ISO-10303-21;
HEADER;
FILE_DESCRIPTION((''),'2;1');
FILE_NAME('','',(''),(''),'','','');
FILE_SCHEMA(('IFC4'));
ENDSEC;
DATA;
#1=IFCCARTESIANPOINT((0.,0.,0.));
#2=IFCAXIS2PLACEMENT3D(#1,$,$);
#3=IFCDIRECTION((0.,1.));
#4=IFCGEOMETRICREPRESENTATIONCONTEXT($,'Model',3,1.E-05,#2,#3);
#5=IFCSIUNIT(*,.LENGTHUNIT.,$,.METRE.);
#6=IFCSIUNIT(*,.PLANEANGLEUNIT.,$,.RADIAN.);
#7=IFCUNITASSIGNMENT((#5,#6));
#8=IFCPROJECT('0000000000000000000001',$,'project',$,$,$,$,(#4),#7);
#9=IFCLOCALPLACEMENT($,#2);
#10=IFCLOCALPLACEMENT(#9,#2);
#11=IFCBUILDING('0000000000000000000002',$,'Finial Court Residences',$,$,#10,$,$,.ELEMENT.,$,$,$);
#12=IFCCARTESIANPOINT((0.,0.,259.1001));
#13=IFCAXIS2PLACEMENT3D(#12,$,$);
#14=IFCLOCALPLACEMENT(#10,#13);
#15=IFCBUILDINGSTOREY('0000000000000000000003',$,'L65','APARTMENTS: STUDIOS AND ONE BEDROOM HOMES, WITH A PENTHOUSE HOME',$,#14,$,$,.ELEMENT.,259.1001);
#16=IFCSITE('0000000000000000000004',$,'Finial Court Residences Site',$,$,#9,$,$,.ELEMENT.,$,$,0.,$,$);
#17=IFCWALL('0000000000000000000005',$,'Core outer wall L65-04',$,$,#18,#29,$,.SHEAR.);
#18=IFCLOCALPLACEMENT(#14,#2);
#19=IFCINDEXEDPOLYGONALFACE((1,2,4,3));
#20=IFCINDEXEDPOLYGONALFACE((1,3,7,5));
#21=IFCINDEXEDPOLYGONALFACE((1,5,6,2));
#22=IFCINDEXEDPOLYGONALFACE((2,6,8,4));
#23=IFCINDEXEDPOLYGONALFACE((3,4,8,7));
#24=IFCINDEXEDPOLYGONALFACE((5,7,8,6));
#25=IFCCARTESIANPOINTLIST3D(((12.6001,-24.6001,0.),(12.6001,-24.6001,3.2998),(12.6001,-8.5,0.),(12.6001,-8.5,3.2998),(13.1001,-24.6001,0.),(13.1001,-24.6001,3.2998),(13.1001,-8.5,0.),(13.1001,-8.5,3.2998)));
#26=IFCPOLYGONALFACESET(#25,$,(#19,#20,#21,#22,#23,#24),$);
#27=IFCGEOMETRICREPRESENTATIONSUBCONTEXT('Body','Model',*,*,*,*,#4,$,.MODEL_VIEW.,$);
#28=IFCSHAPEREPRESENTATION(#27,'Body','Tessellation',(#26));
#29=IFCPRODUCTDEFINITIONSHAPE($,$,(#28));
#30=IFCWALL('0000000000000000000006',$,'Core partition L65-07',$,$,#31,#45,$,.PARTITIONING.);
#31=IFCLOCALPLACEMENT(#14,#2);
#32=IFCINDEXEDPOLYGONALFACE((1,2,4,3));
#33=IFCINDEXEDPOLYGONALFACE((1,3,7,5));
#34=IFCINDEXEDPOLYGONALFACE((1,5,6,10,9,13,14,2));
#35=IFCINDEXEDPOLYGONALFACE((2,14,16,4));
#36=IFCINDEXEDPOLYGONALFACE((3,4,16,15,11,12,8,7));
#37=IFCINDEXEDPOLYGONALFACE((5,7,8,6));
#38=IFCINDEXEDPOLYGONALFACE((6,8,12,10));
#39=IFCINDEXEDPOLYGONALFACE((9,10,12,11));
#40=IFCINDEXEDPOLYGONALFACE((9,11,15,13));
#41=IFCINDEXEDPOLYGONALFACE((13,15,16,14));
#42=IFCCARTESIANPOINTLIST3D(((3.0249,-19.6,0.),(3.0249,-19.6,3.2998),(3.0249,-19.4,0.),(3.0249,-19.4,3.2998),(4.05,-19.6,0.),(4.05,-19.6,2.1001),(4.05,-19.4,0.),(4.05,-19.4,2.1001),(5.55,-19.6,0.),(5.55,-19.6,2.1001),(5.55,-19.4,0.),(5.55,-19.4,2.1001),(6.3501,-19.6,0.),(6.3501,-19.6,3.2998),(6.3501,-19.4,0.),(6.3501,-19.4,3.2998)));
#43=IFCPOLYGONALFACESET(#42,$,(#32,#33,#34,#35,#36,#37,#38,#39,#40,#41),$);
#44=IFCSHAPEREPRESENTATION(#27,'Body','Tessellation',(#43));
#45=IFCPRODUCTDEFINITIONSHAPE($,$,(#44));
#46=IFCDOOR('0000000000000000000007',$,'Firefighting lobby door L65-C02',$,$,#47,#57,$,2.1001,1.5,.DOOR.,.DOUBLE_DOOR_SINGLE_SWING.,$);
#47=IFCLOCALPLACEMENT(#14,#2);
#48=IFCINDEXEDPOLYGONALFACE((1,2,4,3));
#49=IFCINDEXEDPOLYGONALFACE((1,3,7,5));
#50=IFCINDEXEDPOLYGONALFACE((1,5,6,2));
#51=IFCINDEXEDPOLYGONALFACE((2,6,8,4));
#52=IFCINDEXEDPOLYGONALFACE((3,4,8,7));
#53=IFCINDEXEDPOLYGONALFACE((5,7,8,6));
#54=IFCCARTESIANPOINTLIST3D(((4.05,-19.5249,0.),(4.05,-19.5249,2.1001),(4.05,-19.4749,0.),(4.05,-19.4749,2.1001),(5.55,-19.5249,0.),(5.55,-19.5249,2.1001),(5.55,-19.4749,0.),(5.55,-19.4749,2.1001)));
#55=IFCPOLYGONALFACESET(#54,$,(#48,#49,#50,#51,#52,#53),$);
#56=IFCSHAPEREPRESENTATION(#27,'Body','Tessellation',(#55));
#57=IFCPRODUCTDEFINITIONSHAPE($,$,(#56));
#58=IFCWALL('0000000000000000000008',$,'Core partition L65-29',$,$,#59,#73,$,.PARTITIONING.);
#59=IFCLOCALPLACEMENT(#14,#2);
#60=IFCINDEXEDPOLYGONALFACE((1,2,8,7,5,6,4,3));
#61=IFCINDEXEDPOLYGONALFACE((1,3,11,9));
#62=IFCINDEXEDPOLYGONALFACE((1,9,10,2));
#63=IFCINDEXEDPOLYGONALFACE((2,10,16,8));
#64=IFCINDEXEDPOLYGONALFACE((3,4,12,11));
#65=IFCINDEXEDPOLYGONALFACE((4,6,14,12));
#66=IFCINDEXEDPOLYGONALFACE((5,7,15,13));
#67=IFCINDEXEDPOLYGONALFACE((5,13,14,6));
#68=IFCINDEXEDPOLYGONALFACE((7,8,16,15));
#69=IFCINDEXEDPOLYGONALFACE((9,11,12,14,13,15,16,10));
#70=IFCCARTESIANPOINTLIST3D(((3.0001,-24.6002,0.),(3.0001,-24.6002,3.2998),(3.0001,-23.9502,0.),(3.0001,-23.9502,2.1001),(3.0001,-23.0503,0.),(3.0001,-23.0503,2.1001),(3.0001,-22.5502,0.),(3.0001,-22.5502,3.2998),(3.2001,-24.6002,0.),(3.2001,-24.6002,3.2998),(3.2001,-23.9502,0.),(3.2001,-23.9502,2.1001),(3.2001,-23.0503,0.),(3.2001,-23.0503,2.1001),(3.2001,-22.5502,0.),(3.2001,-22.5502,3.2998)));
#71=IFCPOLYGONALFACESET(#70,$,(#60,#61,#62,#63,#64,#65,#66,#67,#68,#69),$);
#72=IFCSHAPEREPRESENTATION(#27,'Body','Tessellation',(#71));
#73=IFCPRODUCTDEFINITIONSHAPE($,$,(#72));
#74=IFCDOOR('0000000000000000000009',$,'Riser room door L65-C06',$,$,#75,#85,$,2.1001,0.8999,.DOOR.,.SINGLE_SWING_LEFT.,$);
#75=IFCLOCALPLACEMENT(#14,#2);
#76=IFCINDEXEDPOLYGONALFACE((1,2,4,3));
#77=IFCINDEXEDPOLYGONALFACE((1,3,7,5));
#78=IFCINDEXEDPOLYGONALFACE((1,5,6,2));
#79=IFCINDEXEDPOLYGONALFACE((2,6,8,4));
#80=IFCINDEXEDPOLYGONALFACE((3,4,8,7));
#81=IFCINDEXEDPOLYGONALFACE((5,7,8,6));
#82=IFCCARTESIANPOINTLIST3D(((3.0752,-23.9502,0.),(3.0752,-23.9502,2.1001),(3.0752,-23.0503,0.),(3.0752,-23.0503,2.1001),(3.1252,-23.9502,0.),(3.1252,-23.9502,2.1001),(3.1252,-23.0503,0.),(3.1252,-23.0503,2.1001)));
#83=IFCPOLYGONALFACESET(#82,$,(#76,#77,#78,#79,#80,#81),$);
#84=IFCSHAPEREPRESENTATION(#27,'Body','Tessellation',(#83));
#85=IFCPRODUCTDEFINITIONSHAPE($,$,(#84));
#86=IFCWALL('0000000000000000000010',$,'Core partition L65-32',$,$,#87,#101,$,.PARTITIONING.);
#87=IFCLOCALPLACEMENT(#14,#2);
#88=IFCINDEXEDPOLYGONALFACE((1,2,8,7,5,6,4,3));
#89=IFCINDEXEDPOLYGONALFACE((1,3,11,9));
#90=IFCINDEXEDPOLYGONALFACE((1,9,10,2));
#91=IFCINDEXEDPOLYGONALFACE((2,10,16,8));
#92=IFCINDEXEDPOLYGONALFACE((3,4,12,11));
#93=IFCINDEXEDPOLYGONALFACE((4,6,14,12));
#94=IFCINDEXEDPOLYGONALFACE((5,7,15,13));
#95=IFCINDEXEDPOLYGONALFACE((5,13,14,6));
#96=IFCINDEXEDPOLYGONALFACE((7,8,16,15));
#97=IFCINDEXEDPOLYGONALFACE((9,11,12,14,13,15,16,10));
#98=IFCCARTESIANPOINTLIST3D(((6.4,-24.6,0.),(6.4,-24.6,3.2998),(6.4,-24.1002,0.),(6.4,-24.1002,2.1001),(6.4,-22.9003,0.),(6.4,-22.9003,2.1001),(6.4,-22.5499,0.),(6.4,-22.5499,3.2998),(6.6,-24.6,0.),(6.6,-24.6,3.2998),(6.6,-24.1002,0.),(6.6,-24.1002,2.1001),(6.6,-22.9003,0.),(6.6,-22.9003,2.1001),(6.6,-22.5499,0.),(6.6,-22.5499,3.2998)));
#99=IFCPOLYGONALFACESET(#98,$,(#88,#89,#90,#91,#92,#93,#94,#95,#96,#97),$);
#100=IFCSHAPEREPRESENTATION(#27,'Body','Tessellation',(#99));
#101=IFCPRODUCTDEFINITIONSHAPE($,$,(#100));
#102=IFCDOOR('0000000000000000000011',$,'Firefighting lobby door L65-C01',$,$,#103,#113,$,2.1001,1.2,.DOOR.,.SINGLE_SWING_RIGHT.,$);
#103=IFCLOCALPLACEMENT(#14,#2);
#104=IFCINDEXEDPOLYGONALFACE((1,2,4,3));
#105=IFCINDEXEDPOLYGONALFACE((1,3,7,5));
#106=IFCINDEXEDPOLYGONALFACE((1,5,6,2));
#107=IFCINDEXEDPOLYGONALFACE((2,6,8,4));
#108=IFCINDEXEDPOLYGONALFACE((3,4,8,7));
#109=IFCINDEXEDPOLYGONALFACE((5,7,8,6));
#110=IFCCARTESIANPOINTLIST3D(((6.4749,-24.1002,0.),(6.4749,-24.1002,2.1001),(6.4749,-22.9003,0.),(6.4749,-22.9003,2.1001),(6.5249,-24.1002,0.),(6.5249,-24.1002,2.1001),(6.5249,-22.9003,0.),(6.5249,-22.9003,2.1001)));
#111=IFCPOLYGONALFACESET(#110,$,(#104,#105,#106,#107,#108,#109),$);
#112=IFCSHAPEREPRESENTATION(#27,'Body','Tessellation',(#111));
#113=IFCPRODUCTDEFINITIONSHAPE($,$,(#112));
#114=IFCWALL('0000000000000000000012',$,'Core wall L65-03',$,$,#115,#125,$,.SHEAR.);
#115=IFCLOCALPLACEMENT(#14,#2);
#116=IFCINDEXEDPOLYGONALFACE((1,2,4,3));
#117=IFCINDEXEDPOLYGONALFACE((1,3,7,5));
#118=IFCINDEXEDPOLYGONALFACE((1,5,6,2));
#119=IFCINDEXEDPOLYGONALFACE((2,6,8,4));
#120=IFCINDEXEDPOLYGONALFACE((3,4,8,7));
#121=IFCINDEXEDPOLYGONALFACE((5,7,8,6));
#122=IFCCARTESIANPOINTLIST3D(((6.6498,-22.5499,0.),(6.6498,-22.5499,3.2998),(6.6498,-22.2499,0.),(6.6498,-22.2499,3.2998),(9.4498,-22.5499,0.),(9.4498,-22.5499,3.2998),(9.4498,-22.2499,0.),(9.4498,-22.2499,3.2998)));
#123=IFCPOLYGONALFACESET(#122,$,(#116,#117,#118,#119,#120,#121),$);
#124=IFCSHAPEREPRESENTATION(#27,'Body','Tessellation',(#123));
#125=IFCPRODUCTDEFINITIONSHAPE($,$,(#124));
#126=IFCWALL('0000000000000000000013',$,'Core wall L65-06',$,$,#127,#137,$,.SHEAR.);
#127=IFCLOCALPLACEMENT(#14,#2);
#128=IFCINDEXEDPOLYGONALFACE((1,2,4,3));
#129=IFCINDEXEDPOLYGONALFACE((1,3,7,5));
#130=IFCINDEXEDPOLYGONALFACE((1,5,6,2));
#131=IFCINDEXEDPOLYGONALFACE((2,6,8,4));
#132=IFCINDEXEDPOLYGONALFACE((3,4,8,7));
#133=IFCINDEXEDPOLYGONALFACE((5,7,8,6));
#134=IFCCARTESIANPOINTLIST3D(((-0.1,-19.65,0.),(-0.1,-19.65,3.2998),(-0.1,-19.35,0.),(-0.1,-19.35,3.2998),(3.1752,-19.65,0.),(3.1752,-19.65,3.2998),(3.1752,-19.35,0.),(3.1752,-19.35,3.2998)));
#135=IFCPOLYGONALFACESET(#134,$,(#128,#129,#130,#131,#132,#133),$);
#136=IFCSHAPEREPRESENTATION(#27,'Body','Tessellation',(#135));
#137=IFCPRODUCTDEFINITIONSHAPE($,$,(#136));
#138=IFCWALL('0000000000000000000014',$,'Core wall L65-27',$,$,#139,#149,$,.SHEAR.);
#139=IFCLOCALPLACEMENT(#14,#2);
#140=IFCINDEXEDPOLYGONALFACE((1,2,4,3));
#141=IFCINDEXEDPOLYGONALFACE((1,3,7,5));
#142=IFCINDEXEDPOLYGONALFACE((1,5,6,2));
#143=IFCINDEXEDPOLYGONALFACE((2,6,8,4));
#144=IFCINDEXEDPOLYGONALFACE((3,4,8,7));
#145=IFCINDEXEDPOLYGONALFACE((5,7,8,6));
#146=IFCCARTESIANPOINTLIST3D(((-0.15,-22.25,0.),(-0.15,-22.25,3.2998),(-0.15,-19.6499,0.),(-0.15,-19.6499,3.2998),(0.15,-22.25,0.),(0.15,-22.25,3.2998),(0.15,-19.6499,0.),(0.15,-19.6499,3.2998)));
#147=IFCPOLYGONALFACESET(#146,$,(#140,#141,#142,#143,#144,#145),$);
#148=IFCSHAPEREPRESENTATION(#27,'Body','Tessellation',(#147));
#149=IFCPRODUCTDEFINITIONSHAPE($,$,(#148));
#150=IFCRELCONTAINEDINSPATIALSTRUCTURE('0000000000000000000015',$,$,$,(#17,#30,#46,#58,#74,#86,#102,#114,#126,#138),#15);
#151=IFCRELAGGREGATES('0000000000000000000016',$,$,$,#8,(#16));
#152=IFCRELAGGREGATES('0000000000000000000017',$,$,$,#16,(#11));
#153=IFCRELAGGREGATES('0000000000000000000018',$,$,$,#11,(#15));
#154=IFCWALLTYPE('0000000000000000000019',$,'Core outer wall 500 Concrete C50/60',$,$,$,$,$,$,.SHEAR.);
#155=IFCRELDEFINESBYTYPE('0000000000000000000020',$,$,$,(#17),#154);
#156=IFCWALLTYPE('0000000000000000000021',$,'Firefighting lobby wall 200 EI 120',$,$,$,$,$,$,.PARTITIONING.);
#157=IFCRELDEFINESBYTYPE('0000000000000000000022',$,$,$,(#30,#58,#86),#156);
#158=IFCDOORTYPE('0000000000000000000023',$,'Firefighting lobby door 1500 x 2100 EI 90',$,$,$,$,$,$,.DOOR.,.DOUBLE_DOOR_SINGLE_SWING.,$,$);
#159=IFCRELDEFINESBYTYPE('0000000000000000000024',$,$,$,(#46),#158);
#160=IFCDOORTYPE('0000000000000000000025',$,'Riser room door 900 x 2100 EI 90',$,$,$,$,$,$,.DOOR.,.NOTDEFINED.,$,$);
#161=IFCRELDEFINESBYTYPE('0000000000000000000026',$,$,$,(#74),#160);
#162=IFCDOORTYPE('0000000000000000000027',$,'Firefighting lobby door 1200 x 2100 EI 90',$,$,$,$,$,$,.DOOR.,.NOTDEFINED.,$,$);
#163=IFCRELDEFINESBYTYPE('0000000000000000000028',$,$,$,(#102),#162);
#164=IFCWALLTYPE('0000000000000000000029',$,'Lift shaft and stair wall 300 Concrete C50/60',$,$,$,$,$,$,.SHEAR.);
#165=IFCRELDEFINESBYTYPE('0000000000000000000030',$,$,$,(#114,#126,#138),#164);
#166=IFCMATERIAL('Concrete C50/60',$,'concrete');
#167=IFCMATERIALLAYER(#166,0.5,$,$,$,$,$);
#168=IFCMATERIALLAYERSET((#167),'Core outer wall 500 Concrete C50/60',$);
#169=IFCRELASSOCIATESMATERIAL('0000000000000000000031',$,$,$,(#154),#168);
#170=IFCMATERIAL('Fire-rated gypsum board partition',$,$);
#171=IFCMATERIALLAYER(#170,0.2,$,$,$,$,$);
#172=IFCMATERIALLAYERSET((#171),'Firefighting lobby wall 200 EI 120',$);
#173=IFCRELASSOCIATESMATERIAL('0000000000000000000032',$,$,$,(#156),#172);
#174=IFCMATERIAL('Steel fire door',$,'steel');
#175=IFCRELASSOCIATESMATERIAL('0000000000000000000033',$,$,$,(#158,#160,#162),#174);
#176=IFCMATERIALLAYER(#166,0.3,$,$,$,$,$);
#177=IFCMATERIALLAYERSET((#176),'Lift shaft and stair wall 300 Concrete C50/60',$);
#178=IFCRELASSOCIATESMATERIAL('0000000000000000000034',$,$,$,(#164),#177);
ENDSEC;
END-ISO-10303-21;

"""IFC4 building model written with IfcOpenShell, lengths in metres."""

from ifc_helpers import new_model, si_unit, direction, frame, frame_2d, origin, place, context, subcontext, project, spatial, rectangle, extrude, material, layer, layer_set, type_object, element, fill, save


model = new_model("IFC4")

# Units and contexts
model_context = context("Model", 3, precision=1e-05, world=origin(), true_north=direction((0.0, 1.0)))
body_context = subcontext(model_context, "Body", "Model", "MODEL_VIEW")
ifc_project = project(units=[si_unit("LENGTHUNIT", "METRE"), si_unit("PLANEANGLEUNIT", "RADIAN")], contexts=[model_context])

# Site, building, storey
site_placement = place(None, origin())
site = spatial("IfcSite", under=ifc_project, at=site_placement, Name="Finial Court Residences Site", CompositionType="ELEMENT", RefElevation=0.0)
building_placement = place(site_placement, origin())
building = spatial("IfcBuilding", under=site, at=building_placement, Name="Finial Court Residences", CompositionType="ELEMENT")
storey_placement = place(building_placement, frame((0.0, 0.0, 259.1001)))
storey = spatial("IfcBuildingStorey", under=building, at=storey_placement, Name="L65", Description="APARTMENTS: STUDIOS AND ONE BEDROOM HOMES, WITH A PENTHOUSE HOME", CompositionType="ELEMENT", Elevation=259.1001)

# Wall
ifc_material_1 = material(Name="Concrete C50/60", Category="concrete")
ifc_layer_1 = layer(ifc_material_1, 0.5)
ifc_layer_set_1 = layer_set([ifc_layer_1], Name="Core outer wall 500 Concrete C50/60")
wall_type_1 = type_object("IfcWallType", Name="Core outer wall 500 Concrete C50/60", PredefinedType="SHEAR", material=ifc_layer_set_1)
wall_1_placement = place(storey_placement, frame((12.8501, -24.6001, 0.0), z_axis=(0.0, 0.0, 1.0), x_axis=(0.0, 1.0, 0.0)))
element("IfcWall", 1, at=wall_1_placement, inside=storey, type_object=wall_type_1, Name="Core outer wall L65-04", PredefinedType="SHEAR", context=body_context, shape_type="SweptSolid", body=[
    extrude(rectangle(XDim=16.1001, YDim=0.5, at=frame_2d((8.05, 0.0))), origin(), (0.0, 0.0, 1.0), 3.2998),
])

# Walls, openings, doors
ifc_material_2 = material(Name="Fire-rated gypsum board partition")
ifc_layer_2 = layer(ifc_material_2, 0.2)
ifc_layer_set_2 = layer_set([ifc_layer_2], Name="Firefighting lobby wall 200 EI 120")
wall_type_2 = type_object("IfcWallType", Name="Firefighting lobby wall 200 EI 120", PredefinedType="PARTITIONING", material=ifc_layer_set_2)
wall_2_placement = place(storey_placement, frame((6.3501, -19.5, 0.0), z_axis=(0.0, 0.0, 1.0), x_axis=(-1.0, 0.0, 0.0)))
wall_2 = element("IfcWall", 2, at=wall_2_placement, inside=storey, type_object=wall_type_2, Name="Core partition L65-07", PredefinedType="PARTITIONING", context=body_context, shape_type="SweptSolid", body=[
    extrude(rectangle(XDim=3.3252, YDim=0.2, at=frame_2d((1.6626, 0.0))), origin(), (0.0, 0.0, 1.0), 3.2998),
])
opening_1_placement = place(wall_2_placement, frame((0.8, 0.0, 0.0)))
opening_1 = element("IfcOpeningElement", 3, at=opening_1_placement, cuts=wall_2, PredefinedType="OPENING", context=body_context, shape_type="SweptSolid", body=[
    extrude(rectangle(XDim=1.5, YDim=2.1001, at=frame_2d((0.75, 1.05))), frame((0.0, 0.1099, 0.0), z_axis=(0.0, -1.0, 0.0), x_axis=(1.0, 0.0, 0.0)), (0.0, 0.0, 1.0), 0.22),
])
ifc_material_3 = material(Name="Steel fire door", Category="steel")
door_type_1 = type_object("IfcDoorType", Name="Firefighting lobby door 1500 x 2100 EI 90", OperationType="DOUBLE_DOOR_SINGLE_SWING", PredefinedType="DOOR", material=ifc_material_3)
door_1_placement = place(opening_1_placement, origin())
door_1 = element("IfcDoor", 4, at=door_1_placement, inside=storey, type_object=door_type_1, Name="Firefighting lobby door L65-C02", OperationType="DOUBLE_DOOR_SINGLE_SWING", OverallHeight=2.1001, OverallWidth=1.5, PredefinedType="DOOR", context=body_context, shape_type="SweptSolid", body=[
    extrude(rectangle(XDim=1.5, YDim=2.1001, at=frame_2d((0.75, 1.05))), frame((0.0, 0.0249, 0.0), z_axis=(0.0, -1.0, 0.0), x_axis=(1.0, 0.0, 0.0)), (0.0, 0.0, 1.0), 0.05),
])
fill(opening_1, door_1)
wall_3_placement = place(storey_placement, frame((3.1001, -24.6001, 0.0), z_axis=(0.0, 0.0, 1.0), x_axis=(0.0, 1.0, 0.0)))
wall_3 = element("IfcWall", 5, at=wall_3_placement, inside=storey, type_object=wall_type_2, Name="Core partition L65-29", PredefinedType="PARTITIONING", context=body_context, shape_type="SweptSolid", body=[
    extrude(rectangle(XDim=2.05, YDim=0.2, at=frame_2d((1.0249, 0.0))), origin(), (0.0, 0.0, 1.0), 3.2998),
])
opening_2_placement = place(wall_3_placement, frame((0.6499, 0.0, 0.0)))
opening_2 = element("IfcOpeningElement", 6, at=opening_2_placement, cuts=wall_3, PredefinedType="OPENING", context=body_context, shape_type="SweptSolid", body=[
    extrude(rectangle(XDim=0.8999, YDim=2.1001, at=frame_2d((0.45, 1.05))), frame((0.0, 0.1099, 0.0), z_axis=(0.0, -1.0, 0.0), x_axis=(1.0, 0.0, 0.0)), (0.0, 0.0, 1.0), 0.22),
])
door_type_2 = type_object("IfcDoorType", Name="Riser room door 900 x 2100 EI 90", OperationType="NOTDEFINED", PredefinedType="DOOR", material=ifc_material_3)
door_2_placement = place(opening_2_placement, origin())
door_2 = element("IfcDoor", 7, at=door_2_placement, inside=storey, type_object=door_type_2, Name="Riser room door L65-C06", OperationType="SINGLE_SWING_LEFT", OverallHeight=2.1001, OverallWidth=0.8999, PredefinedType="DOOR", context=body_context, shape_type="SweptSolid", body=[
    extrude(rectangle(XDim=0.8999, YDim=2.1001, at=frame_2d((0.45, 1.05))), frame((0.0, 0.0249, 0.0), z_axis=(0.0, -1.0, 0.0), x_axis=(1.0, 0.0, 0.0)), (0.0, 0.0, 1.0), 0.05),
])
fill(opening_2, door_2)
wall_4_placement = place(storey_placement, frame((6.5, -22.55, 0.0), z_axis=(0.0, 0.0, 1.0), x_axis=(0.0, -1.0, 0.0)))
wall_4 = element("IfcWall", 8, at=wall_4_placement, inside=storey, type_object=wall_type_2, Name="Core partition L65-32", PredefinedType="PARTITIONING", context=body_context, shape_type="SweptSolid", body=[
    extrude(rectangle(XDim=2.05, YDim=0.2, at=frame_2d((1.0249, 0.0))), origin(), (0.0, 0.0, 1.0), 3.2998),
])
opening_3_placement = place(wall_4_placement, frame((0.3501, 0.0, 0.0)))
opening_3 = element("IfcOpeningElement", 9, at=opening_3_placement, cuts=wall_4, PredefinedType="OPENING", context=body_context, shape_type="SweptSolid", body=[
    extrude(rectangle(XDim=1.2, YDim=2.1001, at=frame_2d((0.6001, 1.05))), frame((0.0, 0.1099, 0.0), z_axis=(0.0, -1.0, 0.0), x_axis=(1.0, 0.0, 0.0)), (0.0, 0.0, 1.0), 0.22),
])
door_type_3 = type_object("IfcDoorType", Name="Firefighting lobby door 1200 x 2100 EI 90", OperationType="NOTDEFINED", PredefinedType="DOOR", material=ifc_material_3)
door_3_placement = place(opening_3_placement, origin())
door_3 = element("IfcDoor", 10, at=door_3_placement, inside=storey, type_object=door_type_3, Name="Firefighting lobby door L65-C01", OperationType="SINGLE_SWING_RIGHT", OverallHeight=2.1001, OverallWidth=1.2, PredefinedType="DOOR", context=body_context, shape_type="SweptSolid", body=[
    extrude(rectangle(XDim=1.2, YDim=2.1001, at=frame_2d((0.6001, 1.05))), frame((0.0, 0.0249, 0.0), z_axis=(0.0, -1.0, 0.0), x_axis=(1.0, 0.0, 0.0)), (0.0, 0.0, 1.0), 0.05),
])
fill(opening_3, door_3)

# Walls
ifc_layer_3 = layer(ifc_material_1, 0.3)
ifc_layer_set_3 = layer_set([ifc_layer_3], Name="Lift shaft and stair wall 300 Concrete C50/60")
wall_type_3 = type_object("IfcWallType", Name="Lift shaft and stair wall 300 Concrete C50/60", PredefinedType="SHEAR", material=ifc_layer_set_3)
wall_5_placement = place(storey_placement, frame((6.6499, -22.3999, 0.0), z_axis=(0.0, 0.0, 1.0), x_axis=(1.0, 0.0, 0.0)))
element("IfcWall", 11, at=wall_5_placement, inside=storey, type_object=wall_type_3, Name="Core wall L65-03", PredefinedType="SHEAR", context=body_context, shape_type="SweptSolid", body=[
    extrude(rectangle(XDim=2.8, YDim=0.3, at=frame_2d((1.3999, 0.0))), origin(), (0.0, 0.0, 1.0), 3.2998),
])
wall_6_placement = place(storey_placement, frame((-0.1001, -19.5, 0.0), z_axis=(0.0, 0.0, 1.0), x_axis=(1.0, 0.0, 0.0)))
element("IfcWall", 12, at=wall_6_placement, inside=storey, type_object=wall_type_3, Name="Core wall L65-06", PredefinedType="SHEAR", context=body_context, shape_type="SweptSolid", body=[
    extrude(rectangle(XDim=3.2751, YDim=0.3, at=frame_2d((1.6377, 0.0))), origin(), (0.0, 0.0, 1.0), 3.2998),
])
wall_7_placement = place(storey_placement, frame((0.0, -22.25, 0.0), z_axis=(0.0, 0.0, 1.0), x_axis=(0.0, 1.0, 0.0)))
element("IfcWall", 13, at=wall_7_placement, inside=storey, type_object=wall_type_3, Name="Core wall L65-27", PredefinedType="SHEAR", context=body_context, shape_type="SweptSolid", body=[
    extrude(rectangle(XDim=2.6001, YDim=0.3, at=frame_2d((1.3, 0.0))), origin(), (0.0, 0.0, 1.0), 3.2998),
])

save(model, "model.ifc")
